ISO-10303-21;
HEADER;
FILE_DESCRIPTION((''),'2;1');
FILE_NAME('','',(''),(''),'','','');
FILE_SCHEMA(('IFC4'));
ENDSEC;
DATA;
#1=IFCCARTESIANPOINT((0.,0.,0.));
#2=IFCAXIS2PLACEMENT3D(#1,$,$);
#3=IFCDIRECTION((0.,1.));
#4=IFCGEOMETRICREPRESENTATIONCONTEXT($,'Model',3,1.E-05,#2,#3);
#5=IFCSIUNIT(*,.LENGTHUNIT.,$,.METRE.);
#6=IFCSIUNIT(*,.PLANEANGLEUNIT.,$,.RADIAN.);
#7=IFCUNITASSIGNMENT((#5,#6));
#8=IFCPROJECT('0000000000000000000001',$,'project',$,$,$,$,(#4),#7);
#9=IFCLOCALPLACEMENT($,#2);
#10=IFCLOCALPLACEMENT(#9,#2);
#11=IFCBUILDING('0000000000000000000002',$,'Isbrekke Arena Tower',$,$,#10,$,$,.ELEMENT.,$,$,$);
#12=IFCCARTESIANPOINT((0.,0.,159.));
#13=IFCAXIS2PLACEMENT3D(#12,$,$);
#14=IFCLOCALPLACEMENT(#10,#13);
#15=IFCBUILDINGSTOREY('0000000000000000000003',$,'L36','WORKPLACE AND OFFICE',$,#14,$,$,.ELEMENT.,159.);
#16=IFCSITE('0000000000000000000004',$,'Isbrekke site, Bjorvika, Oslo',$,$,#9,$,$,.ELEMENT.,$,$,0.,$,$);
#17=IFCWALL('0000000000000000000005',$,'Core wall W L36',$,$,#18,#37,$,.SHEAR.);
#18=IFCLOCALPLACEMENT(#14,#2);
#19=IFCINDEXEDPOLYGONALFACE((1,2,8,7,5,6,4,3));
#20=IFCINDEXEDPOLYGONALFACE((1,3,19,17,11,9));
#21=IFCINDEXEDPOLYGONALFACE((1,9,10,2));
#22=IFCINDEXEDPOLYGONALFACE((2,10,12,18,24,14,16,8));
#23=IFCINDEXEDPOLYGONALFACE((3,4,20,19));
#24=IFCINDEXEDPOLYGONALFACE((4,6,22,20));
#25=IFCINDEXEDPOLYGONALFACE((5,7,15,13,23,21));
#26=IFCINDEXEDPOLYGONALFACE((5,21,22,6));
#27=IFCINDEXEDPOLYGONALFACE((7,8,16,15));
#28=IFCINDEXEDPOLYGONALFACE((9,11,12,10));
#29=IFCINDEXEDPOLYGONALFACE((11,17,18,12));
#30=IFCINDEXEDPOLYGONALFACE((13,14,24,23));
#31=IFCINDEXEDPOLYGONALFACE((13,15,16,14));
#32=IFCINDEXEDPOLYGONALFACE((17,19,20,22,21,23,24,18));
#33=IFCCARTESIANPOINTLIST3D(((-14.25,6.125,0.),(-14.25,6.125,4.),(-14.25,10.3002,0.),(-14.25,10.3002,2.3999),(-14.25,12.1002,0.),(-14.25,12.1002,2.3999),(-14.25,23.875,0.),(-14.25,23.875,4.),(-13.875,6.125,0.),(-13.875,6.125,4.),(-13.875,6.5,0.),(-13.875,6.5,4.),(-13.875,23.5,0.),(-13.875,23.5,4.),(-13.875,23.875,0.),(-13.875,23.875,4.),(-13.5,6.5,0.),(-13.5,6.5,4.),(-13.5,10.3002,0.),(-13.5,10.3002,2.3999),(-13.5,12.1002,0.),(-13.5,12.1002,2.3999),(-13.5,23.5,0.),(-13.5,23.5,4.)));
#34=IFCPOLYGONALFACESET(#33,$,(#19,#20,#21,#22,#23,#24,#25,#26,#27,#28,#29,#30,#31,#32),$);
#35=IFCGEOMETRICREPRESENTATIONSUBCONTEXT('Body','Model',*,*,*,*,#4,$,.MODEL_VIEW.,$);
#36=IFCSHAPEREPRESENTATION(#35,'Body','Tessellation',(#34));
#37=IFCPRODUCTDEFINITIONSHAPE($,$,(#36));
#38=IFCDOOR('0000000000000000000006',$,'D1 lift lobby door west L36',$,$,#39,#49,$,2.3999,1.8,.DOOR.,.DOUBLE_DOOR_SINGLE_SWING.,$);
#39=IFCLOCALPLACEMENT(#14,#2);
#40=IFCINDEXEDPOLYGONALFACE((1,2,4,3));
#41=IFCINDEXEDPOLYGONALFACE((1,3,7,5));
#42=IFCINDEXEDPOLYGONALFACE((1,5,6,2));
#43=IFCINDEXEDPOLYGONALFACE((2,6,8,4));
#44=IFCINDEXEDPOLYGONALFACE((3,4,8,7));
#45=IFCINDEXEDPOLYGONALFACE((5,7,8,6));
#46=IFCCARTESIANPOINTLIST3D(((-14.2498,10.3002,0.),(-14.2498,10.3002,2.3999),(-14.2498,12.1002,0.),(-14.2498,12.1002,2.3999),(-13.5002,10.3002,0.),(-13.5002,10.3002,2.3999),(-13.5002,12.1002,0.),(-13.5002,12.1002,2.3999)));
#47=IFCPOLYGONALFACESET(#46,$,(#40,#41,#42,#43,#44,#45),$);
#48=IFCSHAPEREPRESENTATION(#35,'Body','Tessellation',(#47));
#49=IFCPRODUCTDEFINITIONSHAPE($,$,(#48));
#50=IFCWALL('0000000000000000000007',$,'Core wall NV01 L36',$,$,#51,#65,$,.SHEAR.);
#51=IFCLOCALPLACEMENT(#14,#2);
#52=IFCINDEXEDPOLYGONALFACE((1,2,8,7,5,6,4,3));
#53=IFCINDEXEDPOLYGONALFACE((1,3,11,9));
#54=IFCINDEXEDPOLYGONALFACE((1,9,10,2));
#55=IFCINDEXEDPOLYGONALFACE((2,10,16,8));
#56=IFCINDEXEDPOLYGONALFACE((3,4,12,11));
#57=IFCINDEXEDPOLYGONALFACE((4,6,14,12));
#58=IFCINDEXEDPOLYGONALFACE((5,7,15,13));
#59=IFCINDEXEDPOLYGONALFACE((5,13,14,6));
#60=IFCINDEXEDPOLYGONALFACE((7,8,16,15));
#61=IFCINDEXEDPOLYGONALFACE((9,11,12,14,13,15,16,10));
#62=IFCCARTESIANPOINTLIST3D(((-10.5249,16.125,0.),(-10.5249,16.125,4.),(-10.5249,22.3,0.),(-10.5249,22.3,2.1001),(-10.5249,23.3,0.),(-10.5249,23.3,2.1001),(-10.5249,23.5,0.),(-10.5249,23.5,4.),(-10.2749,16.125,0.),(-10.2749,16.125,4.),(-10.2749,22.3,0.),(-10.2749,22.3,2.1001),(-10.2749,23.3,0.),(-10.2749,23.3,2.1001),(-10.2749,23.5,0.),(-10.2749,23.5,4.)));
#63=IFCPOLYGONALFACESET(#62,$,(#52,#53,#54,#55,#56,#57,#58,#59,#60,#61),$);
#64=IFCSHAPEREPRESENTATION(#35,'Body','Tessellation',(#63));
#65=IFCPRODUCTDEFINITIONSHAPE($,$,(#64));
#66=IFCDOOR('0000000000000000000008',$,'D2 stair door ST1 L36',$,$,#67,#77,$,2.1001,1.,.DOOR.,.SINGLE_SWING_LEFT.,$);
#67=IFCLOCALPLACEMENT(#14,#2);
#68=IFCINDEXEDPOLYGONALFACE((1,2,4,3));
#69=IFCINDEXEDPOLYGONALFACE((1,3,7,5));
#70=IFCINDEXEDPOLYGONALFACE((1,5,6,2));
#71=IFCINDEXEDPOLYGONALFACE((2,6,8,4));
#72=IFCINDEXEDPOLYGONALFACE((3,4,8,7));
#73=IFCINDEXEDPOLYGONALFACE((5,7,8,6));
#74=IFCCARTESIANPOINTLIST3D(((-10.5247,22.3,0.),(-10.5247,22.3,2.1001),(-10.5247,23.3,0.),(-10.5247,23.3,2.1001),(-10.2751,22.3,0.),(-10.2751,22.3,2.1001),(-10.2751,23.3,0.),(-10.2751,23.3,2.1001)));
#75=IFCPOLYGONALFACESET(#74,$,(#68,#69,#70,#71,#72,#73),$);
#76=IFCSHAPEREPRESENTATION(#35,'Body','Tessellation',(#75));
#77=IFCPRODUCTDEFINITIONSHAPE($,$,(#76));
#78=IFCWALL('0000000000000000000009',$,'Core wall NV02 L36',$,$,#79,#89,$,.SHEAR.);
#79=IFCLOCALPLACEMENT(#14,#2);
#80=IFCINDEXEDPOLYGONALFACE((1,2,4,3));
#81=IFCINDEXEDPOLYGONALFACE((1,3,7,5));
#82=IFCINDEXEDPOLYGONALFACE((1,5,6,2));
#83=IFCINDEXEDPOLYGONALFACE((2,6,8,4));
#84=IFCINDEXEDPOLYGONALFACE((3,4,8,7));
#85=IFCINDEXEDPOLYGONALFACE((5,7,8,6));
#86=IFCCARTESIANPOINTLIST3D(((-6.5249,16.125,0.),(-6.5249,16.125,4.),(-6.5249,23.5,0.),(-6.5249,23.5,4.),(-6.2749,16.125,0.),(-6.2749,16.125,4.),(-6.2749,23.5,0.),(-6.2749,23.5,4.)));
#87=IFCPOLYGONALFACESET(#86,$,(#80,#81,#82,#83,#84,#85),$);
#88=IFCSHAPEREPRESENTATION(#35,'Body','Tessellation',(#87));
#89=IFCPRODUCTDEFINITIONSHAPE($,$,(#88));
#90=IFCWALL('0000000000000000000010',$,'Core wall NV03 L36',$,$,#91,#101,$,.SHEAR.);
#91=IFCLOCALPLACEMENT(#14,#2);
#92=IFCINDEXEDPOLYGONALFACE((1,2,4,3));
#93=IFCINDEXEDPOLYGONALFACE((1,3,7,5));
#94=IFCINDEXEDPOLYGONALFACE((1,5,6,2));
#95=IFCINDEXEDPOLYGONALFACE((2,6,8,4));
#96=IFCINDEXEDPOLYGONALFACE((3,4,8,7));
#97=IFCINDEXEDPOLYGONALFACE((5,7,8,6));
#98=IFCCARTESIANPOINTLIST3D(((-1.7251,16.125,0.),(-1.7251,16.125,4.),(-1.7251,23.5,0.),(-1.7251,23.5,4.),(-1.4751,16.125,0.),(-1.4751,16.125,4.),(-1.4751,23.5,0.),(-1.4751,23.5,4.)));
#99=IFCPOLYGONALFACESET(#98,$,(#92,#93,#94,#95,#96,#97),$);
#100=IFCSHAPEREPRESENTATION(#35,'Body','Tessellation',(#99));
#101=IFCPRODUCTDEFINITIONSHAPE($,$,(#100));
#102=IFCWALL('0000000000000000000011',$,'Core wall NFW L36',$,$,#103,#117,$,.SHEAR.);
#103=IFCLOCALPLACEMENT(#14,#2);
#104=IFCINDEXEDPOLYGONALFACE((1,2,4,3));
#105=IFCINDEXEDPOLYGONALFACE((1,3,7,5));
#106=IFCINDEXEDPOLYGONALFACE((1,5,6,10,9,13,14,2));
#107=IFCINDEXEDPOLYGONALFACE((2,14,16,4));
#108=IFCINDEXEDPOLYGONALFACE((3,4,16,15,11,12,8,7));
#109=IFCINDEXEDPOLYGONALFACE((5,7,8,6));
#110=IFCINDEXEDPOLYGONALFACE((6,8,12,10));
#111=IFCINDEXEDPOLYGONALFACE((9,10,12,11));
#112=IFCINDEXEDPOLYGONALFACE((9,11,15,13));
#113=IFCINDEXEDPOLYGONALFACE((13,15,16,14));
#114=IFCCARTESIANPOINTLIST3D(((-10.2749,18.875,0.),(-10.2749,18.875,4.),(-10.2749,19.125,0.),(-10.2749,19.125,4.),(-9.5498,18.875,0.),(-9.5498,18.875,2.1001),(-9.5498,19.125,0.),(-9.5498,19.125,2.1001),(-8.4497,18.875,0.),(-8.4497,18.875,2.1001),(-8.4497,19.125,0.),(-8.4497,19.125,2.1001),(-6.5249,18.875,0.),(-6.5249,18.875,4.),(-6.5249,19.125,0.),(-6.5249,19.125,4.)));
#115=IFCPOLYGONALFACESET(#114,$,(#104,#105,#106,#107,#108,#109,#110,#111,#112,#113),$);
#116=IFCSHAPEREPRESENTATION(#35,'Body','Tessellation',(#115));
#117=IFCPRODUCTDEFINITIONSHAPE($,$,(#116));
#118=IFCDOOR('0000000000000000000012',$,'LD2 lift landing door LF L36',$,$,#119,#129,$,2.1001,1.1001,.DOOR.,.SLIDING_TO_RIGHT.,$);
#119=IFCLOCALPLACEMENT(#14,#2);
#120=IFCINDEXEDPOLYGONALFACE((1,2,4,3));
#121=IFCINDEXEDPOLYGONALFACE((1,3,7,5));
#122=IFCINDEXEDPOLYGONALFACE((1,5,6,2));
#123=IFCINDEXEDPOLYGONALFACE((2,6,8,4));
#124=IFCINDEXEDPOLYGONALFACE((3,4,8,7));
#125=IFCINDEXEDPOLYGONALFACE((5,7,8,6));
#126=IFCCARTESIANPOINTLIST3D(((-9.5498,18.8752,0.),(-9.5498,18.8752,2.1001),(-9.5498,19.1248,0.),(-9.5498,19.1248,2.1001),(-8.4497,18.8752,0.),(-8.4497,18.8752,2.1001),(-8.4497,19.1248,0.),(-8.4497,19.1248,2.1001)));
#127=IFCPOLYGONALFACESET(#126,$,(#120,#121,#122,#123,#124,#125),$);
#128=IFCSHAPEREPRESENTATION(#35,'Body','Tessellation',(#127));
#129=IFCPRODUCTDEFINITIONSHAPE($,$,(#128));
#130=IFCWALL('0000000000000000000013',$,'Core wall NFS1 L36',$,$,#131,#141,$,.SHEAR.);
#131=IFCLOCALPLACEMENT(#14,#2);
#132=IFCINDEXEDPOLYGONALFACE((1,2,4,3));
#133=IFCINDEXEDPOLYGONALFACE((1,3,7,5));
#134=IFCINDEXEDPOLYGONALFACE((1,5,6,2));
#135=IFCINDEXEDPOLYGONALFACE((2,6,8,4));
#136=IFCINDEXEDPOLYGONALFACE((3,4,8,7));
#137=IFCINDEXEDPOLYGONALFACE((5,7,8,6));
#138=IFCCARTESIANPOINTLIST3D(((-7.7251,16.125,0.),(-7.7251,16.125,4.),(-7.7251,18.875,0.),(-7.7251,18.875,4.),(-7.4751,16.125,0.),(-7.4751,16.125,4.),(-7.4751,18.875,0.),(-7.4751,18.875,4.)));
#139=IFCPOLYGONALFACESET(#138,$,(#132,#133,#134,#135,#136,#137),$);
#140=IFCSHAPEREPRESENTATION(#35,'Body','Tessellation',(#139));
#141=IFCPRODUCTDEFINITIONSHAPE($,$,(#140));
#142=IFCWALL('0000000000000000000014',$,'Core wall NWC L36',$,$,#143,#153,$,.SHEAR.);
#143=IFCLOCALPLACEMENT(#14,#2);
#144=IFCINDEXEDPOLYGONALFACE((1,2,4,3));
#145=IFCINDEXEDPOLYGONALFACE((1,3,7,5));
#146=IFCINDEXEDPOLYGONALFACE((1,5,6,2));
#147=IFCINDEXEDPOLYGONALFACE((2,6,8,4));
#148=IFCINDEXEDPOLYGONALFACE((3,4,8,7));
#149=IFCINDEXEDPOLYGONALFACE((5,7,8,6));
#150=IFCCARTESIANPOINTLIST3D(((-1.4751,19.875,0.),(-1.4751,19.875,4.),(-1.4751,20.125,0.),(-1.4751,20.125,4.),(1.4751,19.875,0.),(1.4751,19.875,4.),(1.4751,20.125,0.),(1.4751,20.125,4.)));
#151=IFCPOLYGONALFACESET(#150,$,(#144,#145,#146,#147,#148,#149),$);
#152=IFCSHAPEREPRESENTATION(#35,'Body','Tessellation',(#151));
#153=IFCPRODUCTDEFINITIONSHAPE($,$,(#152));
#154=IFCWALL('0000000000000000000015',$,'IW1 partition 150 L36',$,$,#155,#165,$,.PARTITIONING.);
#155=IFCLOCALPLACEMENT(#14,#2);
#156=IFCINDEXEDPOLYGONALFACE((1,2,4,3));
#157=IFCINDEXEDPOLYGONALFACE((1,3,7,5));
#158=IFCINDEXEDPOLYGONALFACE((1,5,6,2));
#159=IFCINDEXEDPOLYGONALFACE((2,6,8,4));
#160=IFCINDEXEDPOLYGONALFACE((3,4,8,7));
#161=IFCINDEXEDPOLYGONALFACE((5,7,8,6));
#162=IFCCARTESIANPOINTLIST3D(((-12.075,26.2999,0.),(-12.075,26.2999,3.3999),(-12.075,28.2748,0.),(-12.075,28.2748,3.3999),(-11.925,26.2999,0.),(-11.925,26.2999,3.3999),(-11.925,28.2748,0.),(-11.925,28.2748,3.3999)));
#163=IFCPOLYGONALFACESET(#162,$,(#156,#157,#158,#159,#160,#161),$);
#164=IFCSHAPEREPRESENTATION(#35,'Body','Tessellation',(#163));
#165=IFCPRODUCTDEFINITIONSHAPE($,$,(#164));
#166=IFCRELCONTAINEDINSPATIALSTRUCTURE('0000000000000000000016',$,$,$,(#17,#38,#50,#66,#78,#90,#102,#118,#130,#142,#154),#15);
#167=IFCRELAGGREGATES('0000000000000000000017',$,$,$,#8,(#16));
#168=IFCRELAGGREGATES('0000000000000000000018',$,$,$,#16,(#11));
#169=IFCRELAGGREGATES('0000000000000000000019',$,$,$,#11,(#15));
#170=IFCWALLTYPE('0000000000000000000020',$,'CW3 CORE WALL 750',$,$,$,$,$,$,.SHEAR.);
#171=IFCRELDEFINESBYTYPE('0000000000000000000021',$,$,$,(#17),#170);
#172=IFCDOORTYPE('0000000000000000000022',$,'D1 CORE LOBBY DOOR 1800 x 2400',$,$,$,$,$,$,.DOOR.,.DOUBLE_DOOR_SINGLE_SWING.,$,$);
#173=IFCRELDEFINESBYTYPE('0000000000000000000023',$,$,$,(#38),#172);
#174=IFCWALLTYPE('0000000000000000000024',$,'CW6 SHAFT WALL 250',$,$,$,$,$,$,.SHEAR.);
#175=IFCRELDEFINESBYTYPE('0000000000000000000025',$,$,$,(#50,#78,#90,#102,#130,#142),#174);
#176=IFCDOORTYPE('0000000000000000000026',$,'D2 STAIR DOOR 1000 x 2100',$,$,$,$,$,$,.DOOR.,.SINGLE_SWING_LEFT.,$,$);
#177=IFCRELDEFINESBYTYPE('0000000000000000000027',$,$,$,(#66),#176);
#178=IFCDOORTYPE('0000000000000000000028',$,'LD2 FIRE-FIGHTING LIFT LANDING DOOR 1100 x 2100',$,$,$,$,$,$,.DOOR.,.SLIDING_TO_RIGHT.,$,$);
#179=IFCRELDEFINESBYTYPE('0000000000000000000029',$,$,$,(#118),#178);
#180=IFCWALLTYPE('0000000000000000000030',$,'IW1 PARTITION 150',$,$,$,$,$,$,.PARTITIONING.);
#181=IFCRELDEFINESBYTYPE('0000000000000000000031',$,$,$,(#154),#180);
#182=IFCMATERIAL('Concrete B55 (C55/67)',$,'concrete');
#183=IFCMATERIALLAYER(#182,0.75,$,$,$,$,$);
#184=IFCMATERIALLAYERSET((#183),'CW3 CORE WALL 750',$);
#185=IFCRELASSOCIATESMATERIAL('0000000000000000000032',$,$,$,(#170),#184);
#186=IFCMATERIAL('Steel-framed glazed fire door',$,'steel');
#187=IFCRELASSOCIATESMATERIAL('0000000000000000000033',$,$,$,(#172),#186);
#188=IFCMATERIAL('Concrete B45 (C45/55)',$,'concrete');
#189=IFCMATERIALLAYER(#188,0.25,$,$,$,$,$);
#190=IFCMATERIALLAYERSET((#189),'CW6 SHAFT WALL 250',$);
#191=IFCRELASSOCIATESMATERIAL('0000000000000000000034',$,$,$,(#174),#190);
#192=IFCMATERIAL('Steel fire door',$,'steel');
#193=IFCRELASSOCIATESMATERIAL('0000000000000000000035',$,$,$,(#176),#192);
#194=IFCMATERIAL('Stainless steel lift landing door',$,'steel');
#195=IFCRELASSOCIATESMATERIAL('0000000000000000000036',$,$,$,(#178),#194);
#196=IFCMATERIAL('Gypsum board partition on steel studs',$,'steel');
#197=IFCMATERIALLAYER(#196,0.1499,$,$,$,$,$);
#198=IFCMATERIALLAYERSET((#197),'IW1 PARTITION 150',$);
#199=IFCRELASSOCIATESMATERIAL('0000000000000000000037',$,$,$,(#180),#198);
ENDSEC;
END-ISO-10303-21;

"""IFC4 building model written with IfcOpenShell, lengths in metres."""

from ifc_helpers import new_model, si_unit, direction, frame, frame_2d, origin, place, context, subcontext, project, spatial, polyline, rectangle, outline, extrude, material, layer, layer_set, type_object, element, fill, save


model = new_model("IFC4")

# Units and contexts
model_context = context("Model", 3, precision=1e-05, world=origin(), true_north=direction((0.0, 1.0)))
body_context = subcontext(model_context, "Body", "Model", "MODEL_VIEW")
ifc_project = project(units=[si_unit("LENGTHUNIT", "METRE"), si_unit("PLANEANGLEUNIT", "RADIAN")], contexts=[model_context])

# Site, building, storey
site_placement = place(None, origin())
site = spatial("IfcSite", under=ifc_project, at=site_placement, Name="Isbrekke site, Bjorvika, Oslo", CompositionType="ELEMENT", RefElevation=0.0)
building_placement = place(site_placement, origin())
building = spatial("IfcBuilding", under=site, at=building_placement, Name="Isbrekke Arena Tower", CompositionType="ELEMENT")
storey_placement = place(building_placement, frame((0.0, 0.0, 159.0)))
storey = spatial("IfcBuildingStorey", under=building, at=storey_placement, Name="L36", Description="WORKPLACE AND OFFICE", CompositionType="ELEMENT", Elevation=159.0)

# Walls, openings, doors
ifc_material_1 = material(Name="Concrete B55 (C55/67)", Category="concrete")
ifc_layer_1 = layer(ifc_material_1, 0.75)
ifc_layer_set_1 = layer_set([ifc_layer_1], Name="CW3 CORE WALL 750")
wall_type_1 = type_object("IfcWallType", Name="CW3 CORE WALL 750", PredefinedType="SHEAR", material=ifc_layer_set_1)
wall_1_placement = place(storey_placement, frame((-13.875, 23.875, 0.0), z_axis=(0.0, 0.0, 1.0), x_axis=(0.0, -1.0, 0.0)))
wall_1 = element("IfcWall", 1, at=wall_1_placement, inside=storey, type_object=wall_type_1, Name="Core wall W L36", PredefinedType="SHEAR", context=body_context, shape_type="SweptSolid", body=[
    extrude(outline(polyline([(0.0, -0.375), (17.75, -0.375), (17.75, 0.0), (17.375, 0.0), (17.375, 0.375), (0.375, 0.375), (0.375, 0.0), (0.0, 0.0), (0.0, -0.375)])), origin(), (0.0, 0.0, 1.0), 4.0),
])
opening_1_placement = place(wall_1_placement, frame((11.7749, 0.0, 0.0)))
opening_1 = element("IfcOpeningElement", 2, at=opening_1_placement, cuts=wall_1, PredefinedType="OPENING", context=body_context, shape_type="SweptSolid", body=[
    extrude(rectangle(XDim=1.8, YDim=2.3999, at=frame_2d((0.8999, 1.2))), frame((0.0, 0.3899, 0.0), z_axis=(0.0, -1.0, 0.0), x_axis=(1.0, 0.0, 0.0)), (0.0, 0.0, 1.0), 0.7798),
])
ifc_material_2 = material(Name="Steel-framed glazed fire door", Category="steel")
door_type_1 = type_object("IfcDoorType", Name="D1 CORE LOBBY DOOR 1800 x 2400", OperationType="DOUBLE_DOOR_SINGLE_SWING", PredefinedType="DOOR", material=ifc_material_2)
door_1_placement = place(opening_1_placement, origin())
door_1 = element("IfcDoor", 3, at=door_1_placement, inside=storey, type_object=door_type_1, Name="D1 lift lobby door west L36", OperationType="DOUBLE_DOOR_SINGLE_SWING", OverallHeight=2.3999, OverallWidth=1.8, PredefinedType="DOOR", context=body_context, shape_type="SweptSolid", body=[
    extrude(rectangle(XDim=1.8, YDim=2.3999, at=frame_2d((0.8999, 1.2))), frame((0.0, 0.3748, 0.0), z_axis=(0.0, -1.0, 0.0), x_axis=(1.0, 0.0, 0.0)), (0.0, 0.0, 1.0), 0.7495),
])
fill(opening_1, door_1)
ifc_material_3 = material(Name="Concrete B45 (C45/55)", Category="concrete")
ifc_layer_2 = layer(ifc_material_3, 0.25)
ifc_layer_set_2 = layer_set([ifc_layer_2], Name="CW6 SHAFT WALL 250")
wall_type_2 = type_object("IfcWallType", Name="CW6 SHAFT WALL 250", PredefinedType="SHEAR", material=ifc_layer_set_2)
wall_2_placement = place(storey_placement, frame((-10.3999, 16.125, 0.0), z_axis=(0.0, 0.0, 1.0), x_axis=(0.0, 1.0, 0.0)))
wall_2 = element("IfcWall", 4, at=wall_2_placement, inside=storey, type_object=wall_type_2, Name="Core wall NV01 L36", PredefinedType="SHEAR", context=body_context, shape_type="SweptSolid", body=[
    extrude(rectangle(XDim=7.375, YDim=0.25, at=frame_2d((3.6875, 0.0))), origin(), (0.0, 0.0, 1.0), 4.0),
])
opening_2_placement = place(wall_2_placement, frame((6.175, 0.0, 0.0)))
opening_2 = element("IfcOpeningElement", 5, at=opening_2_placement, cuts=wall_2, PredefinedType="OPENING", context=body_context, shape_type="SweptSolid", body=[
    extrude(rectangle(XDim=1.0, YDim=2.1001, at=frame_2d((0.5, 1.05))), frame((0.0, 0.1399, 0.0), z_axis=(0.0, -1.0, 0.0), x_axis=(1.0, 0.0, 0.0)), (0.0, 0.0, 1.0), 0.2798),
])
ifc_material_4 = material(Name="Steel fire door", Category="steel")
door_type_2 = type_object("IfcDoorType", Name="D2 STAIR DOOR 1000 x 2100", OperationType="SINGLE_SWING_LEFT", PredefinedType="DOOR", material=ifc_material_4)
door_2_placement = place(opening_2_placement, origin())
door_2 = element("IfcDoor", 6, at=door_2_placement, inside=storey, type_object=door_type_2, Name="D2 stair door ST1 L36", OperationType="SINGLE_SWING_LEFT", OverallHeight=2.1001, OverallWidth=1.0, PredefinedType="DOOR", context=body_context, shape_type="SweptSolid", body=[
    extrude(rectangle(XDim=1.0, YDim=2.1001, at=frame_2d((0.5, 1.05))), frame((0.0, 0.1248, 0.0), z_axis=(0.0, -1.0, 0.0), x_axis=(1.0, 0.0, 0.0)), (0.0, 0.0, 1.0), 0.2495),
])
fill(opening_2, door_2)

# Walls
for number, where, z_axis, x_axis, name in (
    (7, (-6.3999, 16.125, 0.0), (0.0, 0.0, 1.0), (0.0, 1.0, 0.0), "Core wall NV02 L36"),
    (8, (-1.6001, 16.125, 0.0), (0.0, 0.0, 1.0), (0.0, 1.0, 0.0), "Core wall NV03 L36"),
):
    element("IfcWall", number, at=place(storey_placement, frame(where, z_axis=z_axis, x_axis=x_axis)), inside=storey, type_object=wall_type_2, Name=name, PredefinedType="SHEAR", context=body_context, shape_type="SweptSolid", body=[
        extrude(rectangle(XDim=7.375, YDim=0.25, at=frame_2d((3.6875, 0.0))), origin(), (0.0, 0.0, 1.0), 4.0),
    ])

# Wall, opening, door
wall_3_placement = place(storey_placement, frame((-10.2749, 19.0, 0.0), z_axis=(0.0, 0.0, 1.0), x_axis=(1.0, 0.0, 0.0)))
wall_3 = element("IfcWall", 9, at=wall_3_placement, inside=storey, type_object=wall_type_2, Name="Core wall NFW L36", PredefinedType="SHEAR", context=body_context, shape_type="SweptSolid", body=[
    extrude(rectangle(XDim=3.75, YDim=0.25, at=frame_2d((1.875, 0.0))), origin(), (0.0, 0.0, 1.0), 4.0),
])
opening_3_placement = place(wall_3_placement, frame((0.7251, 0.0, 0.0)))
opening_3 = element("IfcOpeningElement", 10, at=opening_3_placement, cuts=wall_3, PredefinedType="OPENING", context=body_context, shape_type="SweptSolid", body=[
    extrude(rectangle(XDim=1.1001, YDim=2.1001, at=frame_2d((0.55, 1.05))), frame((0.0, 0.1399, 0.0), z_axis=(0.0, -1.0, 0.0), x_axis=(1.0, 0.0, 0.0)), (0.0, 0.0, 1.0), 0.2798),
])
ifc_material_5 = material(Name="Stainless steel lift landing door", Category="steel")
door_type_3 = type_object("IfcDoorType", Name="LD2 FIRE-FIGHTING LIFT LANDING DOOR 1100 x 2100", OperationType="SLIDING_TO_RIGHT", PredefinedType="DOOR", material=ifc_material_5)
door_3_placement = place(opening_3_placement, origin())
door_3 = element("IfcDoor", 11, at=door_3_placement, inside=storey, type_object=door_type_3, Name="LD2 lift landing door LF L36", OperationType="SLIDING_TO_RIGHT", OverallHeight=2.1001, OverallWidth=1.1001, PredefinedType="DOOR", context=body_context, shape_type="SweptSolid", body=[
    extrude(rectangle(XDim=1.1001, YDim=2.1001, at=frame_2d((0.55, 1.05))), frame((0.0, 0.1248, 0.0), z_axis=(0.0, -1.0, 0.0), x_axis=(1.0, 0.0, 0.0)), (0.0, 0.0, 1.0), 0.2495),
])
fill(opening_3, door_3)

# Walls
wall_4_placement = place(storey_placement, frame((-7.6001, 16.125, 0.0), z_axis=(0.0, 0.0, 1.0), x_axis=(0.0, 1.0, 0.0)))
element("IfcWall", 12, at=wall_4_placement, inside=storey, type_object=wall_type_2, Name="Core wall NFS1 L36", PredefinedType="SHEAR", context=body_context, shape_type="SweptSolid", body=[
    extrude(rectangle(XDim=2.75, YDim=0.25, at=frame_2d((1.375, 0.0))), origin(), (0.0, 0.0, 1.0), 4.0),
])
wall_5_placement = place(storey_placement, frame((-1.4751, 20.0, 0.0), z_axis=(0.0, 0.0, 1.0), x_axis=(1.0, 0.0, 0.0)))
element("IfcWall", 13, at=wall_5_placement, inside=storey, type_object=wall_type_2, Name="Core wall NWC L36", PredefinedType="SHEAR", context=body_context, shape_type="SweptSolid", body=[
    extrude(rectangle(XDim=2.9502, YDim=0.25, at=frame_2d((1.4751, 0.0))), origin(), (0.0, 0.0, 1.0), 4.0),
])
ifc_material_6 = material(Name="Gypsum board partition on steel studs", Category="steel")
ifc_layer_3 = layer(ifc_material_6, 0.1499)
ifc_layer_set_3 = layer_set([ifc_layer_3], Name="IW1 PARTITION 150")
wall_type_3 = type_object("IfcWallType", Name="IW1 PARTITION 150", PredefinedType="PARTITIONING", material=ifc_layer_set_3)
wall_6_placement = place(storey_placement, frame((-12.0, 26.3, 0.0), z_axis=(0.0, 0.0, 1.0), x_axis=(0.0, 1.0, 0.0)))
element("IfcWall", 14, at=wall_6_placement, inside=storey, type_object=wall_type_3, Name="IW1 partition 150 L36", PredefinedType="PARTITIONING", context=body_context, shape_type="SweptSolid", body=[
    extrude(rectangle(XDim=1.9749, YDim=0.1499, at=frame_2d((0.9873, 0.0))), origin(), (0.0, 0.0, 1.0), 3.3999),
])

save(model, "model.ifc")
